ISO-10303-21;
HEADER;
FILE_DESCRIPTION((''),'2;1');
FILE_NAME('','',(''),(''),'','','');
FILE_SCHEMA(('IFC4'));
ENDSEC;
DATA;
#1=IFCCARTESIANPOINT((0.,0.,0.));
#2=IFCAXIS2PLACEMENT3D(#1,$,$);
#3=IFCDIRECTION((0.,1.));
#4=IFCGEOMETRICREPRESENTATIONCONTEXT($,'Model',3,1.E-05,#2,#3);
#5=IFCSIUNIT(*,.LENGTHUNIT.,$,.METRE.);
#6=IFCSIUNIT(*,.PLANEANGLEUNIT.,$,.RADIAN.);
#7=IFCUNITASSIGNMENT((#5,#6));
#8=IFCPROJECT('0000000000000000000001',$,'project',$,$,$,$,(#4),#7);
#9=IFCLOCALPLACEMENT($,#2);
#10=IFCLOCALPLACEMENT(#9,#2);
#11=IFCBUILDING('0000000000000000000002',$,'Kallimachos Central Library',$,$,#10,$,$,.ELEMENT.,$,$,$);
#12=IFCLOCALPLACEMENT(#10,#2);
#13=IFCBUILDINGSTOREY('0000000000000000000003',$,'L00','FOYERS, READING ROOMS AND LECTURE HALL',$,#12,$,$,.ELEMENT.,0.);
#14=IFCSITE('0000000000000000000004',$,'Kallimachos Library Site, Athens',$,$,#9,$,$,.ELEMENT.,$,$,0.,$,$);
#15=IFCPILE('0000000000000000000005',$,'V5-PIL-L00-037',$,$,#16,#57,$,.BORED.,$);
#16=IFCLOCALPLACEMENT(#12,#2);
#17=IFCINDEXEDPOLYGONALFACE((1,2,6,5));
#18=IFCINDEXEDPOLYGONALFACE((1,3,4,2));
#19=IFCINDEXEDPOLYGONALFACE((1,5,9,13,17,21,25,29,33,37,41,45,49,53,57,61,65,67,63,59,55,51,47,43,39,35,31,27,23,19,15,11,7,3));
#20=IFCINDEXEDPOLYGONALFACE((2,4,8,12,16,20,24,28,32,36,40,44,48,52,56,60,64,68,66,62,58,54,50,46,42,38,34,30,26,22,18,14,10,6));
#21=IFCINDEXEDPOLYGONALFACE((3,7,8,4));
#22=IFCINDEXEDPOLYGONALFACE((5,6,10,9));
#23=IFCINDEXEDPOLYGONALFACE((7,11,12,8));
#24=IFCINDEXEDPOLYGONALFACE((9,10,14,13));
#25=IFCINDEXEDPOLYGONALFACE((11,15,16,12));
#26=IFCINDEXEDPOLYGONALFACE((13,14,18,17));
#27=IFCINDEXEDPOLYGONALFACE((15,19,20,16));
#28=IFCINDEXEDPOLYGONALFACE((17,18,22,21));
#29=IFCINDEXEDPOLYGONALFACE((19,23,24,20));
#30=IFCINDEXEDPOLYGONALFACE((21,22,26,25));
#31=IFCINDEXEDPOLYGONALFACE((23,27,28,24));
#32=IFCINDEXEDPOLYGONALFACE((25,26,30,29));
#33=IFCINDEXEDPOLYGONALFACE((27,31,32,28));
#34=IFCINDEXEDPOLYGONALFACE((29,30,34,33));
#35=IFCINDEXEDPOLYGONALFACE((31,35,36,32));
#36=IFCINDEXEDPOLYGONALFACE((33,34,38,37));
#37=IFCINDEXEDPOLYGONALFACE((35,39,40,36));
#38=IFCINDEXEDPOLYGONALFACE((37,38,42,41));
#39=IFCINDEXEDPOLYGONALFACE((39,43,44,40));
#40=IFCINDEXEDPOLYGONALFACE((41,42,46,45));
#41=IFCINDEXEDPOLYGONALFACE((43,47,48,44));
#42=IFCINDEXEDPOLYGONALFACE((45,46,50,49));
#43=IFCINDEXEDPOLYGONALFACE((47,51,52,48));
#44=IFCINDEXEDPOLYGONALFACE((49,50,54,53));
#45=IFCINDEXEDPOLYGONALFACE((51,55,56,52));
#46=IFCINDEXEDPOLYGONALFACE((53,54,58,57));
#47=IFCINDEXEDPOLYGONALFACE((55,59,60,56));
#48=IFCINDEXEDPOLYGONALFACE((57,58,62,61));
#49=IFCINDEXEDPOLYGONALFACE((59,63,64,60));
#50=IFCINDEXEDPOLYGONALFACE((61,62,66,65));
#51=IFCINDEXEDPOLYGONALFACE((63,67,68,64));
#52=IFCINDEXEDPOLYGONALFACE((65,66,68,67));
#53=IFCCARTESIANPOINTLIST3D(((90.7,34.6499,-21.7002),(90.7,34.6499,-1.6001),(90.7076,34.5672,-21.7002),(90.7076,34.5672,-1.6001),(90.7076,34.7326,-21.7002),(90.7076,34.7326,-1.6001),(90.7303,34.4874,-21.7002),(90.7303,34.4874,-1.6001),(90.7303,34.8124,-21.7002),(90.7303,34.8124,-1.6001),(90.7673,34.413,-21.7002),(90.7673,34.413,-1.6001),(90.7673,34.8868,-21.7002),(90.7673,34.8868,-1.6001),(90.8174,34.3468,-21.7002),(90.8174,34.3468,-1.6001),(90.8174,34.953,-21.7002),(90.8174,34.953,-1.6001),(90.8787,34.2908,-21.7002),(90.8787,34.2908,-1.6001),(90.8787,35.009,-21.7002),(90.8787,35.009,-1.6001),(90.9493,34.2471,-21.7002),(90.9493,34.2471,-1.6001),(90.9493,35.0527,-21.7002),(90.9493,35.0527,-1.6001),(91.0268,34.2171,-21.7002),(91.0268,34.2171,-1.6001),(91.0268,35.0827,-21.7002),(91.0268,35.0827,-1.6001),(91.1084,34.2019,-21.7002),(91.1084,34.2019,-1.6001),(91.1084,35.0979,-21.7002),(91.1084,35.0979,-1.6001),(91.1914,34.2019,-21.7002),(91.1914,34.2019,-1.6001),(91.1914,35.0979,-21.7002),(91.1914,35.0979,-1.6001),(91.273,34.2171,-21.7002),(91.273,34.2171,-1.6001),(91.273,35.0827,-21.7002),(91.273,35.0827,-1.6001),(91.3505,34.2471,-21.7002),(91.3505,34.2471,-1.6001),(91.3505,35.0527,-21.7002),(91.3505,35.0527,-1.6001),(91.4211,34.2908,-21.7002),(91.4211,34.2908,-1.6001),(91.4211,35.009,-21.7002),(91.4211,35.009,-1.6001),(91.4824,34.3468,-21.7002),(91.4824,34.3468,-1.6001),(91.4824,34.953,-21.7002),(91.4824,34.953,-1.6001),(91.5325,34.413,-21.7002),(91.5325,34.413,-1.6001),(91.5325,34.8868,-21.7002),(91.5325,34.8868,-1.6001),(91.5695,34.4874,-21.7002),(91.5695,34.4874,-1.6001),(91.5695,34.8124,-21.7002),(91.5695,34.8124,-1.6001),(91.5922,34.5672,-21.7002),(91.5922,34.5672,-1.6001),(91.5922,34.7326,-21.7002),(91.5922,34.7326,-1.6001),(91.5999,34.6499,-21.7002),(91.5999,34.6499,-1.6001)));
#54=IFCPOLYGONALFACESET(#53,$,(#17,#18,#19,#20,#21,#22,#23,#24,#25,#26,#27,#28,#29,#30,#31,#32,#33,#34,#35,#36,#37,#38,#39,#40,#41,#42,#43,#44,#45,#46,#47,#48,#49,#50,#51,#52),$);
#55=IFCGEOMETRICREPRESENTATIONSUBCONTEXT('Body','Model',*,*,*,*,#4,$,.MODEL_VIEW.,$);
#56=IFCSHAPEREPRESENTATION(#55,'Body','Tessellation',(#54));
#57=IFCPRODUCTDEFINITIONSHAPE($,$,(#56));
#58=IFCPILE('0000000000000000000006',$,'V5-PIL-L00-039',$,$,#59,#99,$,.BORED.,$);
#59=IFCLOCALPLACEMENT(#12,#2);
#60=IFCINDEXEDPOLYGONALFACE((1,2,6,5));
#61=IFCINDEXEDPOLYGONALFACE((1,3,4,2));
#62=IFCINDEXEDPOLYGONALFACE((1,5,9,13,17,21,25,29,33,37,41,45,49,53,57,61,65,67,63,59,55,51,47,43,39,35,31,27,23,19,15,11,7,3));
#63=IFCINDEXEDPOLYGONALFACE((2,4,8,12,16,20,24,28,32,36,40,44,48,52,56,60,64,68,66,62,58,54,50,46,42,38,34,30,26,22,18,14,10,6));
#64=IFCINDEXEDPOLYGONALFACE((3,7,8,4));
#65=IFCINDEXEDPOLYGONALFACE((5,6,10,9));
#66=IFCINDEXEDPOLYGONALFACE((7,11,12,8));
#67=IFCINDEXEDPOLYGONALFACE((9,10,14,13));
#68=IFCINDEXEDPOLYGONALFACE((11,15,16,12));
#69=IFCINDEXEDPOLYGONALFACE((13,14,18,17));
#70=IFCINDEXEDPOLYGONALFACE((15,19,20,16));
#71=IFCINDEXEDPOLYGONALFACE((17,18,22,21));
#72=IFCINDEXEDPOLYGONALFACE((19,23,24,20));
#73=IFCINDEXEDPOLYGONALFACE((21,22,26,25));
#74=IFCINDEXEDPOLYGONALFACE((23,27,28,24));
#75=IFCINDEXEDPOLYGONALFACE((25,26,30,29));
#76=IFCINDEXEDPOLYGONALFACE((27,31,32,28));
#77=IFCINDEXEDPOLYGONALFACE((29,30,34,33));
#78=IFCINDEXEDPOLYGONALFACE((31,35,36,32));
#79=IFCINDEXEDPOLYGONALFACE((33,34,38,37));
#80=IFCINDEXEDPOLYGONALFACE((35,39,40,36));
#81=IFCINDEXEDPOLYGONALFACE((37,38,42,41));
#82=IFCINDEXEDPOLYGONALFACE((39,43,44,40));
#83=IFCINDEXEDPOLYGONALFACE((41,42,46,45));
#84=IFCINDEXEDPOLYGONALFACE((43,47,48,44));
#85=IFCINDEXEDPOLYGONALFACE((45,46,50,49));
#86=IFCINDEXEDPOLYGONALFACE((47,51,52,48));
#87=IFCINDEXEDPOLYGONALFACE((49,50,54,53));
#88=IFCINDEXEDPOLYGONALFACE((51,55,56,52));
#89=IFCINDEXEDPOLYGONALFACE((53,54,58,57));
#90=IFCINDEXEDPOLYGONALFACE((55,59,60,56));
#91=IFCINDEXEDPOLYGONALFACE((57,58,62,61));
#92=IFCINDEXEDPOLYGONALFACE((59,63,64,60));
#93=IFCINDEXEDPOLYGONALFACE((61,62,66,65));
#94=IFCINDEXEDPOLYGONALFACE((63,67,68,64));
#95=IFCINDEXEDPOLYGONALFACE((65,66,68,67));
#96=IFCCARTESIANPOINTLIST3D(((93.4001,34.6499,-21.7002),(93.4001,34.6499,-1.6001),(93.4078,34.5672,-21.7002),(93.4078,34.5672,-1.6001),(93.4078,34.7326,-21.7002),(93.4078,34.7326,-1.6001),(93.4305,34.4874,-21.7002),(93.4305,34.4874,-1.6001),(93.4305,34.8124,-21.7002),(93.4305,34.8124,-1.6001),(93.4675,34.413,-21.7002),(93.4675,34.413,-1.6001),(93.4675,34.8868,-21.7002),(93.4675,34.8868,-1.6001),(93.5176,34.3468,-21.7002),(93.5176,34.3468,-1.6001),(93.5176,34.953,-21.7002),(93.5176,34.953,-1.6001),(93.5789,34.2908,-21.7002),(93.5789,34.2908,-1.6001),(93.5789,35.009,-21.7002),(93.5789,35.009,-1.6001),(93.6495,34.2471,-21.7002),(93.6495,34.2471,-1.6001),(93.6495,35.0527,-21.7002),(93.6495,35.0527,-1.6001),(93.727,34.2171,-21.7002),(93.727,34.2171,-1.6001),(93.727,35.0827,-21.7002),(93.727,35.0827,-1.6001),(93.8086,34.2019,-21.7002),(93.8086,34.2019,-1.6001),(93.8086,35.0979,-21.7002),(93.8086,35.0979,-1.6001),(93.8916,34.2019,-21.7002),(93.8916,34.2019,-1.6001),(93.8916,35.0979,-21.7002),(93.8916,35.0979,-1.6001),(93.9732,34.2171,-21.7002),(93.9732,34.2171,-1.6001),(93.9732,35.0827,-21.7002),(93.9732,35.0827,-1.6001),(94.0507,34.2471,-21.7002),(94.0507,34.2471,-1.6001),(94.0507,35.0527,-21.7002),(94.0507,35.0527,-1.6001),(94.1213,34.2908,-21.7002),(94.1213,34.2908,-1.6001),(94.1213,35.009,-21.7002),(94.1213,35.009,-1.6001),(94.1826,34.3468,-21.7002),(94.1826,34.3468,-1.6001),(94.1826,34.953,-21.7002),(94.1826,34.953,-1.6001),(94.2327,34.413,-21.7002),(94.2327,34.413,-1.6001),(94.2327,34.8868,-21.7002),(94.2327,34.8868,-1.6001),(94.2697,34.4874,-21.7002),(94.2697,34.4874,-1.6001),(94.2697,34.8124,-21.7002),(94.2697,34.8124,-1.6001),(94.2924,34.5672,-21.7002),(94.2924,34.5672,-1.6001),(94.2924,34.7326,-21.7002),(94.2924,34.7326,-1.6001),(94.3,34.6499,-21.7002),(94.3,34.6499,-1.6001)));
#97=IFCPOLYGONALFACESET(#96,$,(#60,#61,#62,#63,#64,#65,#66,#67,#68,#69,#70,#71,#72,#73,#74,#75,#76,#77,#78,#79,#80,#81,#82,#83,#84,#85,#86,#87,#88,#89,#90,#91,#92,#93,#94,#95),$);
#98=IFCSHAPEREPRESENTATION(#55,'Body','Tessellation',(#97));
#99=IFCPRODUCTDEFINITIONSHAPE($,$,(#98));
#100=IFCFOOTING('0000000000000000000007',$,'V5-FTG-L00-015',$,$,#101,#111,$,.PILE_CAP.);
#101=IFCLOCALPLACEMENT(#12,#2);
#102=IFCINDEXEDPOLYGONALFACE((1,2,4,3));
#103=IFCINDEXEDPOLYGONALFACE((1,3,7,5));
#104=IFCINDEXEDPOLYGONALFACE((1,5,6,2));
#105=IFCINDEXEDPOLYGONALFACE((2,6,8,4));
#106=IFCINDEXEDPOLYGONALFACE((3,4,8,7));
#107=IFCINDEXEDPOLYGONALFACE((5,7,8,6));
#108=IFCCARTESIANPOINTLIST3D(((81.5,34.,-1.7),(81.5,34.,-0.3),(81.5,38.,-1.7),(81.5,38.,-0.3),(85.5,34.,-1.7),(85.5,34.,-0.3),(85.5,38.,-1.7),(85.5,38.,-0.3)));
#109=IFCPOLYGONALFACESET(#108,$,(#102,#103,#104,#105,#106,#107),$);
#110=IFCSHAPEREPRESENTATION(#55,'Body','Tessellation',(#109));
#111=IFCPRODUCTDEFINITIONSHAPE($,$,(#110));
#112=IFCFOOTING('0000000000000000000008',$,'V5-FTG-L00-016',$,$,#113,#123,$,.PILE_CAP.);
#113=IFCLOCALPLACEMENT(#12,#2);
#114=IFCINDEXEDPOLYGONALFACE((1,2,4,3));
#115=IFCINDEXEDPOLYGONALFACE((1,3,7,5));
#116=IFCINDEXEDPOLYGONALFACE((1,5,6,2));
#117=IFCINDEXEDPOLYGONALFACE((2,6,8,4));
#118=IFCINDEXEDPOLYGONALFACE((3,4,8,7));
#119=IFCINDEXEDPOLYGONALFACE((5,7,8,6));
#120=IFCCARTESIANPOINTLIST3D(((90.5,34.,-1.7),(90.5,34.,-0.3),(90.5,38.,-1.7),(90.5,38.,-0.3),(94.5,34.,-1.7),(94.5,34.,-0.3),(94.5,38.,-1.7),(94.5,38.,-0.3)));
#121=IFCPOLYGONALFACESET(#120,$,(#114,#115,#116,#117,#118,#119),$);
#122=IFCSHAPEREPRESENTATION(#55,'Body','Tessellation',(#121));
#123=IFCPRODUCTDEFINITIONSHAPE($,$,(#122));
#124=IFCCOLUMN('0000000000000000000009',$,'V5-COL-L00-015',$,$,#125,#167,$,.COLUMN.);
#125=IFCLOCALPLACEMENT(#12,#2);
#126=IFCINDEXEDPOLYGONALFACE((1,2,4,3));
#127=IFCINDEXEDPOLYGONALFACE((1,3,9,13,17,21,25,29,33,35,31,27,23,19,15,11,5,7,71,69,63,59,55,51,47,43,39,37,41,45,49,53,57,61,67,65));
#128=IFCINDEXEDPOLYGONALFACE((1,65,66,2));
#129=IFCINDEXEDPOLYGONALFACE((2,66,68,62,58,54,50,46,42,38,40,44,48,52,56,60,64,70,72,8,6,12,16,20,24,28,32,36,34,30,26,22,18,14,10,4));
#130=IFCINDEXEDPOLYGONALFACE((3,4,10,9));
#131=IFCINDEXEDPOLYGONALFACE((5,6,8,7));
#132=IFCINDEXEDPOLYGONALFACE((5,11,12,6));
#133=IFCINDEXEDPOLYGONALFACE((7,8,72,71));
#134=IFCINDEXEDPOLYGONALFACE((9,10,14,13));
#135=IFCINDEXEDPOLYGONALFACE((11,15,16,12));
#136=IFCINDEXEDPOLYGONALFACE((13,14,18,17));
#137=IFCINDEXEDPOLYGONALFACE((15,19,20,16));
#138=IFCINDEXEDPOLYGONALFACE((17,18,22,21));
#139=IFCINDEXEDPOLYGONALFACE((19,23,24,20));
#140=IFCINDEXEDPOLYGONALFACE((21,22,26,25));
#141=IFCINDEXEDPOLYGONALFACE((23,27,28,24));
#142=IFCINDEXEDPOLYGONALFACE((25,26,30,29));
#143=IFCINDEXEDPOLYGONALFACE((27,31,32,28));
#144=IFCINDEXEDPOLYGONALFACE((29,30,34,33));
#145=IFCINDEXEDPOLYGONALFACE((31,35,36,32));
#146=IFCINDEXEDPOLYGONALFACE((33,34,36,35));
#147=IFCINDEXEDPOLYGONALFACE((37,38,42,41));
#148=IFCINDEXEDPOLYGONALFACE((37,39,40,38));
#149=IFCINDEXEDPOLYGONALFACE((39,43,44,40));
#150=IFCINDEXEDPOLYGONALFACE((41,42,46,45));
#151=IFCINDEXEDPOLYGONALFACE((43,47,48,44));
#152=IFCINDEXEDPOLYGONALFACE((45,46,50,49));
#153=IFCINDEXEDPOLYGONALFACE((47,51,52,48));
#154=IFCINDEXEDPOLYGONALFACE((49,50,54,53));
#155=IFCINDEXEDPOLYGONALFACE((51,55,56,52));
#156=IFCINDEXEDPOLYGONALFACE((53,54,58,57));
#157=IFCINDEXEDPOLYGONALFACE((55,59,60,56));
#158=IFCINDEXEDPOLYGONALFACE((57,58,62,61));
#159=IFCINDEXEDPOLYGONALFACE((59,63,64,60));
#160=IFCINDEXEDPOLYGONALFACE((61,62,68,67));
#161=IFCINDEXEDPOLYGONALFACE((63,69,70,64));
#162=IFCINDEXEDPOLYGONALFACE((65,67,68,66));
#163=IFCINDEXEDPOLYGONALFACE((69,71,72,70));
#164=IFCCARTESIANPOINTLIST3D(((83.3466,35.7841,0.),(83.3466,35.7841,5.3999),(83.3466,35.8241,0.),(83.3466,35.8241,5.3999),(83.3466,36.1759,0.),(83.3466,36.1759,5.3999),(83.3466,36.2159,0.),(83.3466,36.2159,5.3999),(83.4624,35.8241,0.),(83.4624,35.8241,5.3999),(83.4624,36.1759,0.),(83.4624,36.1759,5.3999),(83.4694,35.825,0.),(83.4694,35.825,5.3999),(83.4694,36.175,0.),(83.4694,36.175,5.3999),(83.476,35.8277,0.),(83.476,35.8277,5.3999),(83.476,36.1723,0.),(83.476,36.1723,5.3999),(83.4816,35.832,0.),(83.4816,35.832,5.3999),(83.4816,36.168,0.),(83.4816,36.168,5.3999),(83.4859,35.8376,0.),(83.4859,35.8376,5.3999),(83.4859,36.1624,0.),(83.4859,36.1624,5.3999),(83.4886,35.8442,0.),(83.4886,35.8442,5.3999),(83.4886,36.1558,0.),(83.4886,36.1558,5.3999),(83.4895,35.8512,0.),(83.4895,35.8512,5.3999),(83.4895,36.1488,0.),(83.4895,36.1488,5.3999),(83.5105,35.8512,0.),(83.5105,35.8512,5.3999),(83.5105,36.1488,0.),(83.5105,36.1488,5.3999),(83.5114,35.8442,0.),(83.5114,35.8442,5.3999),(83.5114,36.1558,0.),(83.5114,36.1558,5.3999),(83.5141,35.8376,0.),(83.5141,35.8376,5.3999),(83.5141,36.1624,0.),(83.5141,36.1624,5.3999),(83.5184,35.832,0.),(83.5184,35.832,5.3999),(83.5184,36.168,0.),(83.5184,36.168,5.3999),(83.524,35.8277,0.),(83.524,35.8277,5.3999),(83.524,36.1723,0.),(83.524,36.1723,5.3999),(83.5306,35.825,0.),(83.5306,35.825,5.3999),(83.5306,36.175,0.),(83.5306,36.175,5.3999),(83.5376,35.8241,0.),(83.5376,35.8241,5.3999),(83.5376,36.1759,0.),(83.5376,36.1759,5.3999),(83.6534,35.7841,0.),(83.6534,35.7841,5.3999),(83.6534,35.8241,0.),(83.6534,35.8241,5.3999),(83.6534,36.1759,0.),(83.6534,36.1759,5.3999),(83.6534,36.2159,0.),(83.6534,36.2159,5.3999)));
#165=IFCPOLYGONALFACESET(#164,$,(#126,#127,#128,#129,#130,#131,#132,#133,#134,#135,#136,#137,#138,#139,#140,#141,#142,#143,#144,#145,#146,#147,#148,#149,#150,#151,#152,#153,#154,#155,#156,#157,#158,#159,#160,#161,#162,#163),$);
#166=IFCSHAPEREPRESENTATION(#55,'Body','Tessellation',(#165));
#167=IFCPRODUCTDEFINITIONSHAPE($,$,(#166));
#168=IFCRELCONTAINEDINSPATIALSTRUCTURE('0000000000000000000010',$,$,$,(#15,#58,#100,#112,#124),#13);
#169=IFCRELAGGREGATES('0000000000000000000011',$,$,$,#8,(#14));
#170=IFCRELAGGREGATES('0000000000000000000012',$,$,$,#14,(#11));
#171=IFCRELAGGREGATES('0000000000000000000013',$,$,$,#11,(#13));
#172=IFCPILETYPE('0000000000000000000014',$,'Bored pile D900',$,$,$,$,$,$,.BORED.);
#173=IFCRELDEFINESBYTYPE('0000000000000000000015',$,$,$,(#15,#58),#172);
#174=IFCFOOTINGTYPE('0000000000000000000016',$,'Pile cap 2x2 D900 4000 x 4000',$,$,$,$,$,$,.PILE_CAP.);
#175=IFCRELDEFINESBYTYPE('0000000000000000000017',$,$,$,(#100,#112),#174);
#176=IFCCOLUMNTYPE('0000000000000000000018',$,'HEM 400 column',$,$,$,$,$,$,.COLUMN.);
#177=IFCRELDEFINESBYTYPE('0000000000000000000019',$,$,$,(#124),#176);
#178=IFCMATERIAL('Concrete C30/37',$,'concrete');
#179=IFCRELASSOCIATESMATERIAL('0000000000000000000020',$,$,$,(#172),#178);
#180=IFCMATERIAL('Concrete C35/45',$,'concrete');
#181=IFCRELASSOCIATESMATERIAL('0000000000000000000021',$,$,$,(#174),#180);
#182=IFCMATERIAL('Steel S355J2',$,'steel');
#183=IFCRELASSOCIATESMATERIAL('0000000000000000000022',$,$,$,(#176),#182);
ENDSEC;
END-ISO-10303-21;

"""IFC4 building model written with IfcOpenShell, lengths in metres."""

from ifc_helpers import new_model, si_unit, direction, frame, origin, origin_2d, place, context, subcontext, project, spatial, rectangle, circle, i_section, extrude, material, material_profile, profile_set, type_object, element, save


model = new_model("IFC4")

# Units and contexts
model_context = context("Model", 3, precision=1e-05, world=origin(), true_north=direction((0.0, 1.0)))
body_context = subcontext(model_context, "Body", "Model", "MODEL_VIEW")
ifc_project = project(units=[si_unit("LENGTHUNIT", "METRE"), si_unit("PLANEANGLEUNIT", "RADIAN")], contexts=[model_context])

# Site, building, storey
site_placement = place(None, origin())
site = spatial("IfcSite", under=ifc_project, at=site_placement, Name="Kallimachos Library Site, Athens", CompositionType="ELEMENT", RefElevation=0.0)
building_placement = place(site_placement, origin())
building = spatial("IfcBuilding", under=site, at=building_placement, Name="Kallimachos Central Library", CompositionType="ELEMENT")
storey_placement = place(building_placement, origin())
storey = spatial("IfcBuildingStorey", under=building, at=storey_placement, Name="L00", Description="FOYERS, READING ROOMS AND LECTURE HALL", CompositionType="ELEMENT", Elevation=0.0)

# Piles
ifc_material_1 = material(Name="Concrete C30/37", Category="concrete")
pile_type = type_object("IfcPileType", Name="Bored pile D900", PredefinedType="BORED", material=ifc_material_1)
for number, where, z_axis, x_axis, name in (
    (1, (91.1499, 34.6499, -1.6001), (0.0, 0.0, -1.0), (1.0, 0.0, 0.0), "V5-PIL-L00-037"),
    (2, (93.8501, 34.6499, -1.6001), (0.0, 0.0, -1.0), (1.0, 0.0, 0.0), "V5-PIL-L00-039"),
):
    element("IfcPile", number, at=place(storey_placement, frame(where, z_axis=z_axis, x_axis=x_axis)), inside=storey, type_object=pile_type, Name=name, PredefinedType="BORED", context=body_context, shape_type="SweptSolid", body=[
        extrude(circle(Radius=0.45, at=origin_2d()), origin(), (0.0, 0.0, 1.0), 20.1001),
    ])

# Footings
ifc_material_2 = material(Name="Concrete C35/45", Category="concrete")
footing_type = type_object("IfcFootingType", Name="Pile cap 2x2 D900 4000 x 4000", PredefinedType="PILE_CAP", material=ifc_material_2)
for number, where, z_axis, x_axis, name in (
    (3, (83.5, 36.0, -1.7), (0.0, 0.0, 1.0), (1.0, 0.0, 0.0), "V5-FTG-L00-015"),
    (4, (92.5, 36.0, -1.7), (0.0, 0.0, 1.0), (1.0, 0.0, 0.0), "V5-FTG-L00-016"),
):
    element("IfcFooting", number, at=place(storey_placement, frame(where, z_axis=z_axis, x_axis=x_axis)), inside=storey, type_object=footing_type, Name=name, PredefinedType="PILE_CAP", context=body_context, shape_type="SweptSolid", body=[
        extrude(rectangle(XDim=4.0, YDim=4.0, at=origin_2d()), origin(), (0.0, 0.0, 1.0), 1.3999),
    ])

# Column
ifc_material_3 = material(Name="Steel S355J2", Category="steel")
ifc_material_profile_1 = material_profile(ifc_material_3, i_section(OverallWidth=0.3069, OverallDepth=0.4319, WebThickness=0.021, FlangeThickness=0.04, FilletRadius=0.0271, at=origin_2d()), Name="HEM 400")
ifc_profile_set_1 = profile_set([ifc_material_profile_1], Name="Steel S355J2")
column_type = type_object("IfcColumnType", Name="HEM 400 column", PredefinedType="COLUMN", material=ifc_profile_set_1)
for number, where, z_axis, x_axis, name in (
    (5, (83.5, 36.0, 0.0), (0.0, 0.0, 1.0), (1.0, 0.0, 0.0), "V5-COL-L00-015"),
):
    element("IfcColumn", number, at=place(storey_placement, frame(where, z_axis=z_axis, x_axis=x_axis)), inside=storey, type_object=column_type, Name=name, PredefinedType="COLUMN", context=body_context, shape_type="SweptSolid", body=[
        extrude(i_section(OverallWidth=0.3069, OverallDepth=0.4319, WebThickness=0.021, FlangeThickness=0.04, FilletRadius=0.0271, at=origin_2d()), origin(), (0.0, 0.0, 1.0), 5.3999),
    ])

save(model, "model.ifc")
